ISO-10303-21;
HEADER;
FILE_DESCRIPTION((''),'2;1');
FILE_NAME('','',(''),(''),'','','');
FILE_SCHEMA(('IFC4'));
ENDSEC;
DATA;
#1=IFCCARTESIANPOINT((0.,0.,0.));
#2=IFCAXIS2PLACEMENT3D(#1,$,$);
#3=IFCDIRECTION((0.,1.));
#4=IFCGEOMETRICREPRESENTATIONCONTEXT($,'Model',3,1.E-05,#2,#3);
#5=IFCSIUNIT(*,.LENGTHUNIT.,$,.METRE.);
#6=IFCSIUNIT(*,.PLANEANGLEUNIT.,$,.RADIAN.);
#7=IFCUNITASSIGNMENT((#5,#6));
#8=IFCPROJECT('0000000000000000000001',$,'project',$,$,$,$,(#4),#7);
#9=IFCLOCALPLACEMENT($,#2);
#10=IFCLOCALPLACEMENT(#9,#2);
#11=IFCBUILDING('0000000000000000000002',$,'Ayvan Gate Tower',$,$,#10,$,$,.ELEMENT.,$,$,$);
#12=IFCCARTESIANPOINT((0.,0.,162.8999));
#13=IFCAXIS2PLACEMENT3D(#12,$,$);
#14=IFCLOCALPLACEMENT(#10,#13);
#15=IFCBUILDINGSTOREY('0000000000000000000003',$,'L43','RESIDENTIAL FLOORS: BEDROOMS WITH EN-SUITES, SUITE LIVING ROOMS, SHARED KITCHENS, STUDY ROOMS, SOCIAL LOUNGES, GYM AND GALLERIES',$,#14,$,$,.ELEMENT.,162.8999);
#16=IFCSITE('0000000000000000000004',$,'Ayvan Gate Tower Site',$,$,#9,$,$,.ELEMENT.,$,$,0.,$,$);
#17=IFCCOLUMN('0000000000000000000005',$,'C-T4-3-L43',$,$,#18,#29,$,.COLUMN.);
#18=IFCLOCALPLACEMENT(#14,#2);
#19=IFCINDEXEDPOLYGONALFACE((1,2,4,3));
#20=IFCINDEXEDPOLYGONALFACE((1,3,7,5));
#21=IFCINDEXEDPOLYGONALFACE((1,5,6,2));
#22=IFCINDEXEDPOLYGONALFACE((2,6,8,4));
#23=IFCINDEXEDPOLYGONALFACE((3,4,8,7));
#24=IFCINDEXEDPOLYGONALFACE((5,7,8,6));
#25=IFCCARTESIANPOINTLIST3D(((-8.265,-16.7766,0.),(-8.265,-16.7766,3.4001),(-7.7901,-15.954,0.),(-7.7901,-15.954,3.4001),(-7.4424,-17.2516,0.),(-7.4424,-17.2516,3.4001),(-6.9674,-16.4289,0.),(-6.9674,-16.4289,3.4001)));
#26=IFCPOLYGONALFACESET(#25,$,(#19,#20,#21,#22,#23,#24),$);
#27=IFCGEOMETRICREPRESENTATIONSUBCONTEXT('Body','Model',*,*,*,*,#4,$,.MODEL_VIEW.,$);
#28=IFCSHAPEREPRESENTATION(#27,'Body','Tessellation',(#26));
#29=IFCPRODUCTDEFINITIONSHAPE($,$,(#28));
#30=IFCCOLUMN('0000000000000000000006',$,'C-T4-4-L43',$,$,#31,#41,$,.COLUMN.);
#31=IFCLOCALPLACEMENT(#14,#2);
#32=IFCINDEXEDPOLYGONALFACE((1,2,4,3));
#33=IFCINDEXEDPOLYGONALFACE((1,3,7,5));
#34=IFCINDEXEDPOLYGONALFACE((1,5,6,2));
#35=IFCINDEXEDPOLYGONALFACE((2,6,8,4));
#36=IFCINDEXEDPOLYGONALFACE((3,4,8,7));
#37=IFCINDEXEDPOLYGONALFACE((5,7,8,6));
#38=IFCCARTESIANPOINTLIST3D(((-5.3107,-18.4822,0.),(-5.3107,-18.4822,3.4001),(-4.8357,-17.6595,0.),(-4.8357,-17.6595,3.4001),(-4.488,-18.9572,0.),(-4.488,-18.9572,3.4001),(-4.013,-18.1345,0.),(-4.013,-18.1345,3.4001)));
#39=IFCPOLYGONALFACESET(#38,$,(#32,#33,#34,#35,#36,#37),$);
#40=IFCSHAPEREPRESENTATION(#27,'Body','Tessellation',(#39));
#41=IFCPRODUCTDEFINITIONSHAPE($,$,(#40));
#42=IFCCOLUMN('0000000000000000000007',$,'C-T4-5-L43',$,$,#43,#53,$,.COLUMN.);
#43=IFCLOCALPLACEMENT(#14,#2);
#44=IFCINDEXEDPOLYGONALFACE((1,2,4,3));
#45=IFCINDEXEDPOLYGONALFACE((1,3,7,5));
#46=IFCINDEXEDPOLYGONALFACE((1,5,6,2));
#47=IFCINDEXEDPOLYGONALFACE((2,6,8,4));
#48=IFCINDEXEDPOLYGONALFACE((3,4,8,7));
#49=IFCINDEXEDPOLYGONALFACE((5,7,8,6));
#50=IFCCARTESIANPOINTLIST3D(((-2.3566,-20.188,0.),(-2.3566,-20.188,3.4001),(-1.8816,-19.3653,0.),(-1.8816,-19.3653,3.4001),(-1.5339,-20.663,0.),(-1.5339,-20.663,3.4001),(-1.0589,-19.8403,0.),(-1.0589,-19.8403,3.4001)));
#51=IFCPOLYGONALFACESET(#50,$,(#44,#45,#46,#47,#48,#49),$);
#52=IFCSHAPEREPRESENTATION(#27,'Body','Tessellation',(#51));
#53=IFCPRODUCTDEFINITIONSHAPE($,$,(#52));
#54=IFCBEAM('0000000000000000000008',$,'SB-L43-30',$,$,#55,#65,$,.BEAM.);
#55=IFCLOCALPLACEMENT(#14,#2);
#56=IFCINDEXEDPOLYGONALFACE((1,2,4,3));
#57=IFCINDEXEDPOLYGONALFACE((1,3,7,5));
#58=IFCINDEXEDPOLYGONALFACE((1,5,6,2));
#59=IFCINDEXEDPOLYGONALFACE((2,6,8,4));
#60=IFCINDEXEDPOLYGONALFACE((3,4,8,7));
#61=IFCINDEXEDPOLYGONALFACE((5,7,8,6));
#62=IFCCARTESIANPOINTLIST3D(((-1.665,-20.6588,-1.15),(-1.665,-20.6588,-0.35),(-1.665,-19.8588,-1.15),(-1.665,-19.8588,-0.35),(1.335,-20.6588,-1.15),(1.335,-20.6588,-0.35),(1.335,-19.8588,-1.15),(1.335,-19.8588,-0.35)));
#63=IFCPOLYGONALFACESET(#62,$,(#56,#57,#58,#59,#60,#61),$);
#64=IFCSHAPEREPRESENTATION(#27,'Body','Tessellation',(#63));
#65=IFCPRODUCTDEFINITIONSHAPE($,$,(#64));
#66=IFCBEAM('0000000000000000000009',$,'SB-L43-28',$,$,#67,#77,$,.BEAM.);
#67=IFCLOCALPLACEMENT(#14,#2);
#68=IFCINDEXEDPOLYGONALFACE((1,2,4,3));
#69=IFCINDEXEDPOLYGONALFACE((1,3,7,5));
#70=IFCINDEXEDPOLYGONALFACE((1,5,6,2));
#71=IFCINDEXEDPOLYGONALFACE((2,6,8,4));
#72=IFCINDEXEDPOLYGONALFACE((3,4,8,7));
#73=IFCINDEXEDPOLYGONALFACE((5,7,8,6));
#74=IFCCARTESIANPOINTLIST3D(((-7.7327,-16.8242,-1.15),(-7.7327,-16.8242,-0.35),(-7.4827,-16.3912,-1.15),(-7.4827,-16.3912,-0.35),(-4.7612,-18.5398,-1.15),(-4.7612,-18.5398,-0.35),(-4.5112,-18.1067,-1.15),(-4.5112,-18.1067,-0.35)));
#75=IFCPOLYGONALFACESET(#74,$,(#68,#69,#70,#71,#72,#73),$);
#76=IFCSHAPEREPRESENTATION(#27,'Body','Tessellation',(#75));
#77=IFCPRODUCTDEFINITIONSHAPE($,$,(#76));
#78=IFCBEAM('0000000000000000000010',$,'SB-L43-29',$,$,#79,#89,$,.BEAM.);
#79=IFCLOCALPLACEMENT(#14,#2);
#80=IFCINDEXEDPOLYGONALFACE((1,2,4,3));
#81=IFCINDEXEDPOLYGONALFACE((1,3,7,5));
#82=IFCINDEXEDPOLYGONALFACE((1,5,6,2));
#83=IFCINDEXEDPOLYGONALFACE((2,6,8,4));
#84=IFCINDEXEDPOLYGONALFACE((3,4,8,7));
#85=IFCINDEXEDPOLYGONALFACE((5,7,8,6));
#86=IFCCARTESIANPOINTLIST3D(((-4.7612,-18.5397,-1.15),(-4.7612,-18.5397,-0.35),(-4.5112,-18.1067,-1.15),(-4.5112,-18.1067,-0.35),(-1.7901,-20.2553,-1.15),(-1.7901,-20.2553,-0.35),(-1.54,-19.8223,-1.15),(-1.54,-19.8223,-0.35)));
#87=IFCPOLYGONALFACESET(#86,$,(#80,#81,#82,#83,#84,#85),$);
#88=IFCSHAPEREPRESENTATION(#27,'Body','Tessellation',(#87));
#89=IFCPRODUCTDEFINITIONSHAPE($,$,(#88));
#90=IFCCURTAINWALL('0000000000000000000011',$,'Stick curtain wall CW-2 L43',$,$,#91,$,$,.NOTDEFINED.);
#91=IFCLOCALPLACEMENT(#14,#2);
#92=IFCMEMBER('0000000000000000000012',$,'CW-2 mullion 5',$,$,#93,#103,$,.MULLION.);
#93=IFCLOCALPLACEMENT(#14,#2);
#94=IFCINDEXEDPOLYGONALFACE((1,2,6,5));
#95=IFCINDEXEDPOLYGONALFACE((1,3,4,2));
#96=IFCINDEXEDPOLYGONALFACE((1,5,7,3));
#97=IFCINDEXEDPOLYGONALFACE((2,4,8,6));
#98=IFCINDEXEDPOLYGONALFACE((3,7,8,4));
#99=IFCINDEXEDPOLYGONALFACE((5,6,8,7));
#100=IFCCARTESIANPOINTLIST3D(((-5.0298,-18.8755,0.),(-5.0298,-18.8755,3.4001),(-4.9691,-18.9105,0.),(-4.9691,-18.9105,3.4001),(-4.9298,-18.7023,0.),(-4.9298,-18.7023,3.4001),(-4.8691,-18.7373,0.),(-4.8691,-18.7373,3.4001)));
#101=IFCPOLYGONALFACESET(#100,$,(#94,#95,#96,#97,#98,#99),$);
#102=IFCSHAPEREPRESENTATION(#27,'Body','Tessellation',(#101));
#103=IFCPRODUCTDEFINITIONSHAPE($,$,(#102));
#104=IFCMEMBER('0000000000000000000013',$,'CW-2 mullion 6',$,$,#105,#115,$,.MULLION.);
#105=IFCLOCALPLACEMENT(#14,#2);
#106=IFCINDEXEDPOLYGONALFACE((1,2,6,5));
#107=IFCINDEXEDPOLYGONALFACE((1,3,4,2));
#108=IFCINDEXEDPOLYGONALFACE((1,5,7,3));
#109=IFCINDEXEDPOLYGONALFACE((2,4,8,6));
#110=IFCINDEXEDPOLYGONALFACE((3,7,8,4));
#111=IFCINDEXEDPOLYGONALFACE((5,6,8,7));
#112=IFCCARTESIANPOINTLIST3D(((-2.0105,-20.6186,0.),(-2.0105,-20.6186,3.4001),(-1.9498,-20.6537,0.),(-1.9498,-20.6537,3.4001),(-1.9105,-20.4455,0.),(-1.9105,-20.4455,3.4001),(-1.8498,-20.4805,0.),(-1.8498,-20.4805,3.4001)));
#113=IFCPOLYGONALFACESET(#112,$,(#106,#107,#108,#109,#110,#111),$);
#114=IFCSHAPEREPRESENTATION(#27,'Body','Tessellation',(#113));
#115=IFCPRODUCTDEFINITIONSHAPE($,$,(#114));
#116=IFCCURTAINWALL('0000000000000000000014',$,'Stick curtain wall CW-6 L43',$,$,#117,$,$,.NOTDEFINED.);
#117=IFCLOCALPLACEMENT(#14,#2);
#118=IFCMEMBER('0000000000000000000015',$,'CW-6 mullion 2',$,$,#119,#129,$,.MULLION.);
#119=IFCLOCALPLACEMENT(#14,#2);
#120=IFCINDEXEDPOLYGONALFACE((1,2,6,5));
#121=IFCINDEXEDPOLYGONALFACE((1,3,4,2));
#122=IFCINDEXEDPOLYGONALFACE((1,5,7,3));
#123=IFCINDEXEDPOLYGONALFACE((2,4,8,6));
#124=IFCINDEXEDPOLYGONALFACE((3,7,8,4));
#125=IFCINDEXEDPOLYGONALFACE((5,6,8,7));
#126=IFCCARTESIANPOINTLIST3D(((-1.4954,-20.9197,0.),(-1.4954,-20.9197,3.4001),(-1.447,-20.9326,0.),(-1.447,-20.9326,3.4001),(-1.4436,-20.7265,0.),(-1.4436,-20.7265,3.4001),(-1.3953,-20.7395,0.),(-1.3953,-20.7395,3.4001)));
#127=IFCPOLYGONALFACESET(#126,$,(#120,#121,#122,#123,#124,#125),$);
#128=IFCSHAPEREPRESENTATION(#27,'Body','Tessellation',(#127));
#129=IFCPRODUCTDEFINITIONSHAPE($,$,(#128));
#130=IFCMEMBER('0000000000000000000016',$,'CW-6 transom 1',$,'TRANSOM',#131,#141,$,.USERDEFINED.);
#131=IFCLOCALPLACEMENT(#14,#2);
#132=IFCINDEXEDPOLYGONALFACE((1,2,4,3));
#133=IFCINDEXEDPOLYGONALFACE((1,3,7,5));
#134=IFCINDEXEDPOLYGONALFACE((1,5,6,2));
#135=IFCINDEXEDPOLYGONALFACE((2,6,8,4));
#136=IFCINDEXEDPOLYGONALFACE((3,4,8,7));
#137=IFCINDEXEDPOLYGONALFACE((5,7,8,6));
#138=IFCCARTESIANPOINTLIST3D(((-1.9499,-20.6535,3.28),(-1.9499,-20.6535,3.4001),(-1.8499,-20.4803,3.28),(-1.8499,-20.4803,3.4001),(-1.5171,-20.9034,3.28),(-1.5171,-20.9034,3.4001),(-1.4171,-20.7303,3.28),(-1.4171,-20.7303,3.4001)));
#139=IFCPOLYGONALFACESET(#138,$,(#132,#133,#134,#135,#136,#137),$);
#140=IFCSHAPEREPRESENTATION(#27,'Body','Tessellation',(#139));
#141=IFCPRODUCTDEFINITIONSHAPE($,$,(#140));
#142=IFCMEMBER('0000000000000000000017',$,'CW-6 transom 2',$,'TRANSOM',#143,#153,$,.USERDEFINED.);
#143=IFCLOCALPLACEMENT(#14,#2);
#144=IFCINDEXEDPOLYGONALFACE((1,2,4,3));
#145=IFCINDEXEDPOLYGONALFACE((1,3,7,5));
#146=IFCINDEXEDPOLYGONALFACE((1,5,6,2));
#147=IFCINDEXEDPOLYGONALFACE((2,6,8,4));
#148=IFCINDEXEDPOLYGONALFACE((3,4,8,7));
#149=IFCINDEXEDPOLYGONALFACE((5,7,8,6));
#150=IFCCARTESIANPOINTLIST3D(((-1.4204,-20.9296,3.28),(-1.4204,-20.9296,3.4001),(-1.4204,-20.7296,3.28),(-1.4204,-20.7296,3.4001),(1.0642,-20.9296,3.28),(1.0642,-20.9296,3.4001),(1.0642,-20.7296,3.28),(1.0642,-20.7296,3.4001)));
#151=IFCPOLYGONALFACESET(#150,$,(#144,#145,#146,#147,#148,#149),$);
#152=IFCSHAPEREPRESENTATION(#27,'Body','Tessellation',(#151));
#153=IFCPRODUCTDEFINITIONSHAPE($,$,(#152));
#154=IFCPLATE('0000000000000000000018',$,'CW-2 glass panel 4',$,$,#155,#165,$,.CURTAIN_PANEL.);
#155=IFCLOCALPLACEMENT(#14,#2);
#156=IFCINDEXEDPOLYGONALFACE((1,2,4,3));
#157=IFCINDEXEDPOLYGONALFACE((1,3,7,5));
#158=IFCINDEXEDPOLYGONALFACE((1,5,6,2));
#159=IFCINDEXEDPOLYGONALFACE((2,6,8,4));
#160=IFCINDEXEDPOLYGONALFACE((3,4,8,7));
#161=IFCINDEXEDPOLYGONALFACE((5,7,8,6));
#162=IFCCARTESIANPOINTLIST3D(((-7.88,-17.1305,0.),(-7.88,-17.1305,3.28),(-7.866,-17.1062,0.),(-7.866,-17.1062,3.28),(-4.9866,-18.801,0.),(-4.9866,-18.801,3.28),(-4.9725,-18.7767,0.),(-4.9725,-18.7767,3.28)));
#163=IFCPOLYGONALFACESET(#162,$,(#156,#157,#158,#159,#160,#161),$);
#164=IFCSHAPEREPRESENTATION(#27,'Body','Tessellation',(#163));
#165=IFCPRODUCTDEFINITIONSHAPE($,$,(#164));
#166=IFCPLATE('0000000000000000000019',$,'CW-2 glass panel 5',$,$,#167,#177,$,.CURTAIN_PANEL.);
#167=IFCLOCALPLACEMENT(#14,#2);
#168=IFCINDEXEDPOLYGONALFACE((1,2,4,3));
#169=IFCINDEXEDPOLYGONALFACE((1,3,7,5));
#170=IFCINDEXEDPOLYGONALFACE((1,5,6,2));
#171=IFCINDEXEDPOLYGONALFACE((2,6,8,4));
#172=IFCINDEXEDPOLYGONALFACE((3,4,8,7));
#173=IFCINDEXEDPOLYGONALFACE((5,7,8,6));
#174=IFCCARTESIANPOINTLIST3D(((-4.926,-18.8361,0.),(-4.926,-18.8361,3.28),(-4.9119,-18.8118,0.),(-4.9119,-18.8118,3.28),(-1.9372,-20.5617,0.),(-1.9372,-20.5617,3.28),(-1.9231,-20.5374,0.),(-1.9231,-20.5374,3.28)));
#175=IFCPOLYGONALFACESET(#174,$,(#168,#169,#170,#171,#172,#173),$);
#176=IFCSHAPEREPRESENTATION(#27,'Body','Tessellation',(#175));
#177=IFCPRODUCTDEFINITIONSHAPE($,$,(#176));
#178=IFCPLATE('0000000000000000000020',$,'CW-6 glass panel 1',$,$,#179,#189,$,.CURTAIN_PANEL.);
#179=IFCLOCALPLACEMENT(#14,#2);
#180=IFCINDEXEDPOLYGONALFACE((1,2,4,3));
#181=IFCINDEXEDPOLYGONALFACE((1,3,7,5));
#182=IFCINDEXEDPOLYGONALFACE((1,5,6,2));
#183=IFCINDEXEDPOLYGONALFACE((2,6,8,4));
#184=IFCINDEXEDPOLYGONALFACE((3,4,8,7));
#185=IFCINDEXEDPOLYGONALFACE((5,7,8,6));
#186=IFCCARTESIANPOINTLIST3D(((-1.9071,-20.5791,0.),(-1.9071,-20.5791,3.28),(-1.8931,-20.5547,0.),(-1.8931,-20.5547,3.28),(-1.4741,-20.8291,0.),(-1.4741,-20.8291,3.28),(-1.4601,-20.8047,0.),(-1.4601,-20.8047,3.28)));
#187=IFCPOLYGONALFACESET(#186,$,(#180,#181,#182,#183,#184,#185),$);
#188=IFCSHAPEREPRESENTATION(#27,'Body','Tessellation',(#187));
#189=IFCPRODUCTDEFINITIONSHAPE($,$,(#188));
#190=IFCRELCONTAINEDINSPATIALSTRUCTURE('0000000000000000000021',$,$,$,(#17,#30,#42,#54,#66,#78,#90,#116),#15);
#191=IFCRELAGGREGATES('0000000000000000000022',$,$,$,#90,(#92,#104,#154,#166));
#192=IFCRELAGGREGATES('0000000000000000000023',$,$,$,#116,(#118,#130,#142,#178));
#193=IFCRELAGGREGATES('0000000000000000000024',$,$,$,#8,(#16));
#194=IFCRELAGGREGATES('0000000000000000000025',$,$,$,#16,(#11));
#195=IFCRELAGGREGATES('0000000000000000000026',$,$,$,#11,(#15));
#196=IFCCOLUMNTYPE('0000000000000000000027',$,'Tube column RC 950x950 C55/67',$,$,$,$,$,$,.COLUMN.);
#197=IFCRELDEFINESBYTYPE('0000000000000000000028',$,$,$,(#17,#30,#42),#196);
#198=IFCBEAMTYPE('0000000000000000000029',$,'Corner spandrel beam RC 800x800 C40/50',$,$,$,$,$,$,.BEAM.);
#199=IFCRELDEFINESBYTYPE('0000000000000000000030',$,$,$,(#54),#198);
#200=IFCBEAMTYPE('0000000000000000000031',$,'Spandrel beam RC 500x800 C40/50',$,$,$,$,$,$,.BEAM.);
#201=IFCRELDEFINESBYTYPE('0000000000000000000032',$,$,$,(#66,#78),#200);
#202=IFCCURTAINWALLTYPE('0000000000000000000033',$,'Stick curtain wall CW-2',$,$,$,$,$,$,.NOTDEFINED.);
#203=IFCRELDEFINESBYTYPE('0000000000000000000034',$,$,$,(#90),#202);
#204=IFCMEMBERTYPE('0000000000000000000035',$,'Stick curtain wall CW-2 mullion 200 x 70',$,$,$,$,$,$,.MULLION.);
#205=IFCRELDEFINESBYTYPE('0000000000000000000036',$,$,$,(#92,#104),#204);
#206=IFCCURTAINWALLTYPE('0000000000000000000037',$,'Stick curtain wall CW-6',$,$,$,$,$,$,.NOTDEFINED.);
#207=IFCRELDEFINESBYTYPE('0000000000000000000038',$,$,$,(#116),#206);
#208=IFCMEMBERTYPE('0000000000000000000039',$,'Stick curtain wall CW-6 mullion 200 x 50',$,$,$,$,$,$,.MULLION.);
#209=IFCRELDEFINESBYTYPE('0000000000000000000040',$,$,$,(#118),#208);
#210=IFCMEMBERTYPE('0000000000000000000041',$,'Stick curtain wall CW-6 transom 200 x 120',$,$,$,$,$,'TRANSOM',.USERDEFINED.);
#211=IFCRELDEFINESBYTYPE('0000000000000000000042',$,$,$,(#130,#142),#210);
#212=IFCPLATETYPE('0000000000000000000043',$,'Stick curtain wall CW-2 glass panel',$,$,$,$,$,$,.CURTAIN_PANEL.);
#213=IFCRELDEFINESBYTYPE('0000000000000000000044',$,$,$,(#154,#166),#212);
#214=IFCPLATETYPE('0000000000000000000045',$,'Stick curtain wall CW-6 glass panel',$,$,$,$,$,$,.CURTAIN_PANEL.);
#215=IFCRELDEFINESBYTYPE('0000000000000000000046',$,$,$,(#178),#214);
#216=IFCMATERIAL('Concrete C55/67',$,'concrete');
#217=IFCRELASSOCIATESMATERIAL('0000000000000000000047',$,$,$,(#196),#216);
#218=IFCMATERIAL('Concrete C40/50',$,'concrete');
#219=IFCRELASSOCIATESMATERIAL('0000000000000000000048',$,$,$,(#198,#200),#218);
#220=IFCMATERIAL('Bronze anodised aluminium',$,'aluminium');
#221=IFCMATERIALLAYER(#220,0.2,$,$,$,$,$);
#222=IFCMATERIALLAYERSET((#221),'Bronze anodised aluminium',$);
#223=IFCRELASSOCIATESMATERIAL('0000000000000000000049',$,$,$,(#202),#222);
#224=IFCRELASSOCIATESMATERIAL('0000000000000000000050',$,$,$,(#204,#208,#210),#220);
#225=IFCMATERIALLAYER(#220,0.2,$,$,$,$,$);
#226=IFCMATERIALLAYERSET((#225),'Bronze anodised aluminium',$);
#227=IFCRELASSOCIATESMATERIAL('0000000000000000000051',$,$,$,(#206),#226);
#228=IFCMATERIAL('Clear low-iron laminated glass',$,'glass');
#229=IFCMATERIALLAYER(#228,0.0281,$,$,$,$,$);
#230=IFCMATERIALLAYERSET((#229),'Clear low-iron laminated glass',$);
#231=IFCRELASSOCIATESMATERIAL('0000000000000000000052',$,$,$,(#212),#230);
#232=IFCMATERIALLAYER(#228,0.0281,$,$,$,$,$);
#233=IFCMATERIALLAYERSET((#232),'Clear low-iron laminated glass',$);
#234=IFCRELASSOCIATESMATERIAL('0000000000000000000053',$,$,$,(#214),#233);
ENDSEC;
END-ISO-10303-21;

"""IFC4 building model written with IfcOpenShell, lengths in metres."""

from ifc_helpers import new_model, si_unit, direction, frame, origin, origin_2d, place, context, subcontext, project, spatial, rectangle, extrude, material, layer, layer_set, material_profile, profile_set, type_object, element, aggregate, save


model = new_model("IFC4")

# Units and contexts
model_context = context("Model", 3, precision=1e-05, world=origin(), true_north=direction((0.0, 1.0)))
body_context = subcontext(model_context, "Body", "Model", "MODEL_VIEW")
ifc_project = project(units=[si_unit("LENGTHUNIT", "METRE"), si_unit("PLANEANGLEUNIT", "RADIAN")], contexts=[model_context])

# Site, building, storey
site_placement = place(None, origin())
site = spatial("IfcSite", under=ifc_project, at=site_placement, Name="Ayvan Gate Tower Site", CompositionType="ELEMENT", RefElevation=0.0)
building_placement = place(site_placement, origin())
building = spatial("IfcBuilding", under=site, at=building_placement, Name="Ayvan Gate Tower", CompositionType="ELEMENT")
storey_placement = place(building_placement, frame((0.0, 0.0, 162.8999)))
storey = spatial("IfcBuildingStorey", under=building, at=storey_placement, Name="L43", Description="RESIDENTIAL FLOORS: BEDROOMS WITH EN-SUITES, SUITE LIVING ROOMS, SHARED KITCHENS, STUDY ROOMS, SOCIAL LOUNGES, GYM AND GALLERIES", CompositionType="ELEMENT", Elevation=162.8999)

# Columns
ifc_material_1 = material(Name="Concrete C55/67", Category="concrete")
ifc_material_profile_1 = material_profile(ifc_material_1, rectangle(XDim=0.95, YDim=0.95, at=origin_2d()), Name="RC 950x950")
ifc_profile_set_1 = profile_set([ifc_material_profile_1], Name="Concrete C55/67")
column_type = type_object("IfcColumnType", Name="Tube column RC 950x950 C55/67", PredefinedType="COLUMN", material=ifc_profile_set_1)
for number, where, z_axis, x_axis, name in (
    (1, (-7.6162, -16.6028, 0.0), (0.0, 0.0, 1.0), (-0.5, -0.866025, 0.0), "C-T4-3-L43"),
    (2, (-4.6619, -18.3083, 0.0), (0.0, 0.0, 1.0), (-0.5, -0.866025, 0.0), "C-T4-4-L43"),
    (3, (-1.7078, -20.0142, 0.0), (0.0, 0.0, 1.0), (-0.5, -0.866025, 0.0), "C-T4-5-L43"),
):
    element("IfcColumn", number, at=place(storey_placement, frame(where, z_axis=z_axis, x_axis=x_axis)), inside=storey, type_object=column_type, Name=name, PredefinedType="COLUMN", context=body_context, shape_type="SweptSolid", body=[
        extrude(rectangle(XDim=0.95, YDim=0.95, at=origin_2d()), origin(), (0.0, 0.0, 1.0), 3.4001),
    ])

# Beams
ifc_material_2 = material(Name="Concrete C40/50", Category="concrete")
ifc_material_profile_2 = material_profile(ifc_material_2, rectangle(XDim=0.8, YDim=0.8, at=origin_2d()), Name="RC 800x800")
ifc_profile_set_2 = profile_set([ifc_material_profile_2], Name="Concrete C40/50")
beam_type_1 = type_object("IfcBeamType", Name="Corner spandrel beam RC 800x800 C40/50", PredefinedType="BEAM", material=ifc_profile_set_2)
beam_1_placement = place(storey_placement, frame((-1.665, -20.2588, -0.75), z_axis=(1.0, 0.0, 0.0), x_axis=(0.0, 1.0, 0.0)))
element("IfcBeam", 4, at=beam_1_placement, inside=storey, type_object=beam_type_1, Name="SB-L43-30", PredefinedType="BEAM", context=body_context, shape_type="SweptSolid", body=[
    extrude(rectangle(XDim=0.8, YDim=0.8, at=origin_2d()), origin(), (0.0, 0.0, 1.0), 3.0),
])
ifc_material_profile_3 = material_profile(ifc_material_2, rectangle(XDim=0.5, YDim=0.8, at=origin_2d()), Name="RC 500x800")
ifc_profile_set_3 = profile_set([ifc_material_profile_3], Name="Concrete C40/50")
beam_type_2 = type_object("IfcBeamType", Name="Spandrel beam RC 500x800 C40/50", PredefinedType="BEAM", material=ifc_profile_set_3)
beam_2_placement = place(storey_placement, frame((-7.6077, -16.6077, -0.75), z_axis=(0.866023, -0.500004, 0.0), x_axis=(0.500004, 0.866023, 0.0)))
element("IfcBeam", 5, at=beam_2_placement, inside=storey, type_object=beam_type_2, Name="SB-L43-28", PredefinedType="BEAM", context=body_context, shape_type="SweptSolid", body=[
    extrude(rectangle(XDim=0.5, YDim=0.8, at=origin_2d()), origin(), (0.0, 0.0, 1.0), 3.4312),
])
beam_3_placement = place(storey_placement, frame((-4.6362, -18.3232, -0.75), z_axis=(0.866005, -0.500035, 0.0), x_axis=(0.500035, 0.866005, 0.0)))
element("IfcBeam", 6, at=beam_3_placement, inside=storey, type_object=beam_type_2, Name="SB-L43-29", PredefinedType="BEAM", context=body_context, shape_type="SweptSolid", body=[
    extrude(rectangle(XDim=0.5, YDim=0.8, at=origin_2d()), origin(), (0.0, 0.0, 1.0), 3.4309),
])

# Curtain walls, members
ifc_material_3 = material(Name="Bronze anodised aluminium", Category="aluminium")
ifc_layer_1 = layer(ifc_material_3, 0.2)
ifc_layer_set_1 = layer_set([ifc_layer_1], Name="Bronze anodised aluminium")
curtain_wall_type_1 = type_object("IfcCurtainWallType", Name="Stick curtain wall CW-2", PredefinedType="NOTDEFINED", material=ifc_layer_set_1)
curtain_wall_1_placement = place(storey_placement, origin())
curtain_wall_1 = element("IfcCurtainWall", 7, at=curtain_wall_1_placement, inside=storey, type_object=curtain_wall_type_1, Name="Stick curtain wall CW-2 L43", PredefinedType="NOTDEFINED")
ifc_material_profile_4 = material_profile(ifc_material_3, rectangle(XDim=0.2, YDim=0.0701, at=origin_2d()), Name="Stick curtain wall CW-2 mullion 200 x 70")
ifc_profile_set_4 = profile_set([ifc_material_profile_4], Name="Bronze anodised aluminium")
member_type_1 = type_object("IfcMemberType", Name="Stick curtain wall CW-2 mullion 200 x 70", PredefinedType="MULLION", material=ifc_profile_set_4)
member_1_placement = place(storey_placement, frame((-4.9495, -18.8064, 0.0), z_axis=(0.0, 0.0, 1.0), x_axis=(-0.5, -0.866025, 0.0)))
member_1 = element("IfcMember", 8, at=member_1_placement, type_object=member_type_1, Name="CW-2 mullion 5", PredefinedType="MULLION", context=body_context, shape_type="SweptSolid", body=[
    extrude(rectangle(XDim=0.2, YDim=0.0701, at=origin_2d()), origin(), (0.0, 0.0, 1.0), 3.4001),
])
member_2_placement = place(storey_placement, frame((-1.9302, -20.5496, 0.0), z_axis=(0.0, 0.0, 1.0), x_axis=(-0.5, -0.866025, 0.0)))
member_2 = element("IfcMember", 9, at=member_2_placement, type_object=member_type_1, Name="CW-2 mullion 6", PredefinedType="MULLION", context=body_context, shape_type="SweptSolid", body=[
    extrude(rectangle(XDim=0.2, YDim=0.0701, at=origin_2d()), origin(), (0.0, 0.0, 1.0), 3.4001),
])
ifc_layer_2 = layer(ifc_material_3, 0.2)
ifc_layer_set_2 = layer_set([ifc_layer_2], Name="Bronze anodised aluminium")
curtain_wall_type_2 = type_object("IfcCurtainWallType", Name="Stick curtain wall CW-6", PredefinedType="NOTDEFINED", material=ifc_layer_set_2)
curtain_wall_2_placement = place(storey_placement, origin())
curtain_wall_2 = element("IfcCurtainWall", 10, at=curtain_wall_2_placement, inside=storey, type_object=curtain_wall_type_2, Name="Stick curtain wall CW-6 L43", PredefinedType="NOTDEFINED")
ifc_material_profile_5 = material_profile(ifc_material_3, rectangle(XDim=0.2, YDim=0.05, at=origin_2d()), Name="Stick curtain wall CW-6 mullion 200 x 50")
ifc_profile_set_5 = profile_set([ifc_material_profile_5], Name="Bronze anodised aluminium")
member_type_2 = type_object("IfcMemberType", Name="Stick curtain wall CW-6 mullion 200 x 50", PredefinedType="MULLION", material=ifc_profile_set_5)
member_3_placement = place(storey_placement, frame((-1.4453, -20.8296, 0.0), z_axis=(0.0, 0.0, 1.0), x_axis=(-0.258819, -0.965926, 0.0)))
member_3 = element("IfcMember", 11, at=member_3_placement, type_object=member_type_2, Name="CW-6 mullion 2", PredefinedType="MULLION", context=body_context, shape_type="SweptSolid", body=[
    extrude(rectangle(XDim=0.2, YDim=0.05, at=origin_2d()), origin(), (0.0, 0.0, 1.0), 3.4001),
])
ifc_material_profile_6 = material_profile(ifc_material_3, rectangle(XDim=0.2, YDim=0.1201, at=origin_2d()), Name="Stick curtain wall CW-6 transom 200 x 120")
ifc_profile_set_6 = profile_set([ifc_material_profile_6], Name="Bronze anodised aluminium")
member_type_3 = type_object("IfcMemberType", Name="Stick curtain wall CW-6 transom 200 x 120", ElementType="TRANSOM", PredefinedType="USERDEFINED", material=ifc_profile_set_6)
member_4_placement = place(storey_placement, frame((-1.8999, -20.5669, 3.3401), z_axis=(0.86595, -0.500131, 0.0), x_axis=(0.500131, 0.86595, 0.0)))
member_4 = element("IfcMember", 12, at=member_4_placement, type_object=member_type_3, Name="CW-6 transom 1", ObjectType="TRANSOM", PredefinedType="USERDEFINED", context=body_context, shape_type="SweptSolid", body=[
    extrude(rectangle(XDim=0.2, YDim=0.1201, at=origin_2d()), origin(), (0.0, 0.0, 1.0), 0.4998),
])
member_5_placement = place(storey_placement, frame((-1.4204, -20.8296, 3.3401), z_axis=(1.0, 0.0, 0.0), x_axis=(0.0, 1.0, 0.0)))
member_5 = element("IfcMember", 13, at=member_5_placement, type_object=member_type_3, Name="CW-6 transom 2", ObjectType="TRANSOM", PredefinedType="USERDEFINED", context=body_context, shape_type="SweptSolid", body=[
    extrude(rectangle(XDim=0.2, YDim=0.1201, at=origin_2d()), origin(), (0.0, 0.0, 1.0), 2.4846),
])

# Plates
ifc_material_4 = material(Name="Clear low-iron laminated glass", Category="glass")
ifc_layer_3 = layer(ifc_material_4, 0.0281)
ifc_layer_set_3 = layer_set([ifc_layer_3], Name="Clear low-iron laminated glass")
plate_type_1 = type_object("IfcPlateType", Name="Stick curtain wall CW-2 glass panel", PredefinedType="CURTAIN_PANEL", material=ifc_layer_set_3)
plate_1_placement = place(storey_placement, frame((-6.4263, -17.9536, 0.0), z_axis=(0.0, 0.0, 1.0), x_axis=(0.866025, -0.5, 0.0)))
plate_1 = element("IfcPlate", 14, at=plate_1_placement, type_object=plate_type_1, Name="CW-2 glass panel 4", PredefinedType="CURTAIN_PANEL", context=body_context, shape_type="SweptSolid", body=[
    extrude(rectangle(XDim=3.3411, YDim=0.0281, at=origin_2d()), origin(), (0.0, 0.0, 1.0), 3.28),
])
plate_2_placement = place(storey_placement, frame((-3.4246, -19.6868, 0.0), z_axis=(0.0, 0.0, 1.0), x_axis=(0.866025, -0.5, 0.0)))
plate_2 = element("IfcPlate", 15, at=plate_2_placement, type_object=plate_type_1, Name="CW-2 glass panel 5", PredefinedType="CURTAIN_PANEL", context=body_context, shape_type="SweptSolid", body=[
    extrude(rectangle(XDim=3.4512, YDim=0.0281, at=origin_2d()), origin(), (0.0, 0.0, 1.0), 3.28),
])
aggregate(curtain_wall_1, [member_1, member_2, plate_1, plate_2])
ifc_layer_4 = layer(ifc_material_4, 0.0281)
ifc_layer_set_4 = layer_set([ifc_layer_4], Name="Clear low-iron laminated glass")
plate_type_2 = type_object("IfcPlateType", Name="Stick curtain wall CW-6 glass panel", PredefinedType="CURTAIN_PANEL", material=ifc_layer_set_4)
plate_3_placement = place(storey_placement, frame((-1.6836, -20.6919, 0.0), z_axis=(0.0, 0.0, 1.0), x_axis=(0.866025, -0.5, 0.0)))
plate_3 = element("IfcPlate", 16, at=plate_3_placement, type_object=plate_type_2, Name="CW-6 glass panel 1", PredefinedType="CURTAIN_PANEL", context=body_context, shape_type="SweptSolid", body=[
    extrude(rectangle(XDim=0.5, YDim=0.0281, at=origin_2d()), origin(), (0.0, 0.0, 1.0), 3.28),
])
aggregate(curtain_wall_2, [member_3, member_4, member_5, plate_3])

save(model, "model.ifc")
